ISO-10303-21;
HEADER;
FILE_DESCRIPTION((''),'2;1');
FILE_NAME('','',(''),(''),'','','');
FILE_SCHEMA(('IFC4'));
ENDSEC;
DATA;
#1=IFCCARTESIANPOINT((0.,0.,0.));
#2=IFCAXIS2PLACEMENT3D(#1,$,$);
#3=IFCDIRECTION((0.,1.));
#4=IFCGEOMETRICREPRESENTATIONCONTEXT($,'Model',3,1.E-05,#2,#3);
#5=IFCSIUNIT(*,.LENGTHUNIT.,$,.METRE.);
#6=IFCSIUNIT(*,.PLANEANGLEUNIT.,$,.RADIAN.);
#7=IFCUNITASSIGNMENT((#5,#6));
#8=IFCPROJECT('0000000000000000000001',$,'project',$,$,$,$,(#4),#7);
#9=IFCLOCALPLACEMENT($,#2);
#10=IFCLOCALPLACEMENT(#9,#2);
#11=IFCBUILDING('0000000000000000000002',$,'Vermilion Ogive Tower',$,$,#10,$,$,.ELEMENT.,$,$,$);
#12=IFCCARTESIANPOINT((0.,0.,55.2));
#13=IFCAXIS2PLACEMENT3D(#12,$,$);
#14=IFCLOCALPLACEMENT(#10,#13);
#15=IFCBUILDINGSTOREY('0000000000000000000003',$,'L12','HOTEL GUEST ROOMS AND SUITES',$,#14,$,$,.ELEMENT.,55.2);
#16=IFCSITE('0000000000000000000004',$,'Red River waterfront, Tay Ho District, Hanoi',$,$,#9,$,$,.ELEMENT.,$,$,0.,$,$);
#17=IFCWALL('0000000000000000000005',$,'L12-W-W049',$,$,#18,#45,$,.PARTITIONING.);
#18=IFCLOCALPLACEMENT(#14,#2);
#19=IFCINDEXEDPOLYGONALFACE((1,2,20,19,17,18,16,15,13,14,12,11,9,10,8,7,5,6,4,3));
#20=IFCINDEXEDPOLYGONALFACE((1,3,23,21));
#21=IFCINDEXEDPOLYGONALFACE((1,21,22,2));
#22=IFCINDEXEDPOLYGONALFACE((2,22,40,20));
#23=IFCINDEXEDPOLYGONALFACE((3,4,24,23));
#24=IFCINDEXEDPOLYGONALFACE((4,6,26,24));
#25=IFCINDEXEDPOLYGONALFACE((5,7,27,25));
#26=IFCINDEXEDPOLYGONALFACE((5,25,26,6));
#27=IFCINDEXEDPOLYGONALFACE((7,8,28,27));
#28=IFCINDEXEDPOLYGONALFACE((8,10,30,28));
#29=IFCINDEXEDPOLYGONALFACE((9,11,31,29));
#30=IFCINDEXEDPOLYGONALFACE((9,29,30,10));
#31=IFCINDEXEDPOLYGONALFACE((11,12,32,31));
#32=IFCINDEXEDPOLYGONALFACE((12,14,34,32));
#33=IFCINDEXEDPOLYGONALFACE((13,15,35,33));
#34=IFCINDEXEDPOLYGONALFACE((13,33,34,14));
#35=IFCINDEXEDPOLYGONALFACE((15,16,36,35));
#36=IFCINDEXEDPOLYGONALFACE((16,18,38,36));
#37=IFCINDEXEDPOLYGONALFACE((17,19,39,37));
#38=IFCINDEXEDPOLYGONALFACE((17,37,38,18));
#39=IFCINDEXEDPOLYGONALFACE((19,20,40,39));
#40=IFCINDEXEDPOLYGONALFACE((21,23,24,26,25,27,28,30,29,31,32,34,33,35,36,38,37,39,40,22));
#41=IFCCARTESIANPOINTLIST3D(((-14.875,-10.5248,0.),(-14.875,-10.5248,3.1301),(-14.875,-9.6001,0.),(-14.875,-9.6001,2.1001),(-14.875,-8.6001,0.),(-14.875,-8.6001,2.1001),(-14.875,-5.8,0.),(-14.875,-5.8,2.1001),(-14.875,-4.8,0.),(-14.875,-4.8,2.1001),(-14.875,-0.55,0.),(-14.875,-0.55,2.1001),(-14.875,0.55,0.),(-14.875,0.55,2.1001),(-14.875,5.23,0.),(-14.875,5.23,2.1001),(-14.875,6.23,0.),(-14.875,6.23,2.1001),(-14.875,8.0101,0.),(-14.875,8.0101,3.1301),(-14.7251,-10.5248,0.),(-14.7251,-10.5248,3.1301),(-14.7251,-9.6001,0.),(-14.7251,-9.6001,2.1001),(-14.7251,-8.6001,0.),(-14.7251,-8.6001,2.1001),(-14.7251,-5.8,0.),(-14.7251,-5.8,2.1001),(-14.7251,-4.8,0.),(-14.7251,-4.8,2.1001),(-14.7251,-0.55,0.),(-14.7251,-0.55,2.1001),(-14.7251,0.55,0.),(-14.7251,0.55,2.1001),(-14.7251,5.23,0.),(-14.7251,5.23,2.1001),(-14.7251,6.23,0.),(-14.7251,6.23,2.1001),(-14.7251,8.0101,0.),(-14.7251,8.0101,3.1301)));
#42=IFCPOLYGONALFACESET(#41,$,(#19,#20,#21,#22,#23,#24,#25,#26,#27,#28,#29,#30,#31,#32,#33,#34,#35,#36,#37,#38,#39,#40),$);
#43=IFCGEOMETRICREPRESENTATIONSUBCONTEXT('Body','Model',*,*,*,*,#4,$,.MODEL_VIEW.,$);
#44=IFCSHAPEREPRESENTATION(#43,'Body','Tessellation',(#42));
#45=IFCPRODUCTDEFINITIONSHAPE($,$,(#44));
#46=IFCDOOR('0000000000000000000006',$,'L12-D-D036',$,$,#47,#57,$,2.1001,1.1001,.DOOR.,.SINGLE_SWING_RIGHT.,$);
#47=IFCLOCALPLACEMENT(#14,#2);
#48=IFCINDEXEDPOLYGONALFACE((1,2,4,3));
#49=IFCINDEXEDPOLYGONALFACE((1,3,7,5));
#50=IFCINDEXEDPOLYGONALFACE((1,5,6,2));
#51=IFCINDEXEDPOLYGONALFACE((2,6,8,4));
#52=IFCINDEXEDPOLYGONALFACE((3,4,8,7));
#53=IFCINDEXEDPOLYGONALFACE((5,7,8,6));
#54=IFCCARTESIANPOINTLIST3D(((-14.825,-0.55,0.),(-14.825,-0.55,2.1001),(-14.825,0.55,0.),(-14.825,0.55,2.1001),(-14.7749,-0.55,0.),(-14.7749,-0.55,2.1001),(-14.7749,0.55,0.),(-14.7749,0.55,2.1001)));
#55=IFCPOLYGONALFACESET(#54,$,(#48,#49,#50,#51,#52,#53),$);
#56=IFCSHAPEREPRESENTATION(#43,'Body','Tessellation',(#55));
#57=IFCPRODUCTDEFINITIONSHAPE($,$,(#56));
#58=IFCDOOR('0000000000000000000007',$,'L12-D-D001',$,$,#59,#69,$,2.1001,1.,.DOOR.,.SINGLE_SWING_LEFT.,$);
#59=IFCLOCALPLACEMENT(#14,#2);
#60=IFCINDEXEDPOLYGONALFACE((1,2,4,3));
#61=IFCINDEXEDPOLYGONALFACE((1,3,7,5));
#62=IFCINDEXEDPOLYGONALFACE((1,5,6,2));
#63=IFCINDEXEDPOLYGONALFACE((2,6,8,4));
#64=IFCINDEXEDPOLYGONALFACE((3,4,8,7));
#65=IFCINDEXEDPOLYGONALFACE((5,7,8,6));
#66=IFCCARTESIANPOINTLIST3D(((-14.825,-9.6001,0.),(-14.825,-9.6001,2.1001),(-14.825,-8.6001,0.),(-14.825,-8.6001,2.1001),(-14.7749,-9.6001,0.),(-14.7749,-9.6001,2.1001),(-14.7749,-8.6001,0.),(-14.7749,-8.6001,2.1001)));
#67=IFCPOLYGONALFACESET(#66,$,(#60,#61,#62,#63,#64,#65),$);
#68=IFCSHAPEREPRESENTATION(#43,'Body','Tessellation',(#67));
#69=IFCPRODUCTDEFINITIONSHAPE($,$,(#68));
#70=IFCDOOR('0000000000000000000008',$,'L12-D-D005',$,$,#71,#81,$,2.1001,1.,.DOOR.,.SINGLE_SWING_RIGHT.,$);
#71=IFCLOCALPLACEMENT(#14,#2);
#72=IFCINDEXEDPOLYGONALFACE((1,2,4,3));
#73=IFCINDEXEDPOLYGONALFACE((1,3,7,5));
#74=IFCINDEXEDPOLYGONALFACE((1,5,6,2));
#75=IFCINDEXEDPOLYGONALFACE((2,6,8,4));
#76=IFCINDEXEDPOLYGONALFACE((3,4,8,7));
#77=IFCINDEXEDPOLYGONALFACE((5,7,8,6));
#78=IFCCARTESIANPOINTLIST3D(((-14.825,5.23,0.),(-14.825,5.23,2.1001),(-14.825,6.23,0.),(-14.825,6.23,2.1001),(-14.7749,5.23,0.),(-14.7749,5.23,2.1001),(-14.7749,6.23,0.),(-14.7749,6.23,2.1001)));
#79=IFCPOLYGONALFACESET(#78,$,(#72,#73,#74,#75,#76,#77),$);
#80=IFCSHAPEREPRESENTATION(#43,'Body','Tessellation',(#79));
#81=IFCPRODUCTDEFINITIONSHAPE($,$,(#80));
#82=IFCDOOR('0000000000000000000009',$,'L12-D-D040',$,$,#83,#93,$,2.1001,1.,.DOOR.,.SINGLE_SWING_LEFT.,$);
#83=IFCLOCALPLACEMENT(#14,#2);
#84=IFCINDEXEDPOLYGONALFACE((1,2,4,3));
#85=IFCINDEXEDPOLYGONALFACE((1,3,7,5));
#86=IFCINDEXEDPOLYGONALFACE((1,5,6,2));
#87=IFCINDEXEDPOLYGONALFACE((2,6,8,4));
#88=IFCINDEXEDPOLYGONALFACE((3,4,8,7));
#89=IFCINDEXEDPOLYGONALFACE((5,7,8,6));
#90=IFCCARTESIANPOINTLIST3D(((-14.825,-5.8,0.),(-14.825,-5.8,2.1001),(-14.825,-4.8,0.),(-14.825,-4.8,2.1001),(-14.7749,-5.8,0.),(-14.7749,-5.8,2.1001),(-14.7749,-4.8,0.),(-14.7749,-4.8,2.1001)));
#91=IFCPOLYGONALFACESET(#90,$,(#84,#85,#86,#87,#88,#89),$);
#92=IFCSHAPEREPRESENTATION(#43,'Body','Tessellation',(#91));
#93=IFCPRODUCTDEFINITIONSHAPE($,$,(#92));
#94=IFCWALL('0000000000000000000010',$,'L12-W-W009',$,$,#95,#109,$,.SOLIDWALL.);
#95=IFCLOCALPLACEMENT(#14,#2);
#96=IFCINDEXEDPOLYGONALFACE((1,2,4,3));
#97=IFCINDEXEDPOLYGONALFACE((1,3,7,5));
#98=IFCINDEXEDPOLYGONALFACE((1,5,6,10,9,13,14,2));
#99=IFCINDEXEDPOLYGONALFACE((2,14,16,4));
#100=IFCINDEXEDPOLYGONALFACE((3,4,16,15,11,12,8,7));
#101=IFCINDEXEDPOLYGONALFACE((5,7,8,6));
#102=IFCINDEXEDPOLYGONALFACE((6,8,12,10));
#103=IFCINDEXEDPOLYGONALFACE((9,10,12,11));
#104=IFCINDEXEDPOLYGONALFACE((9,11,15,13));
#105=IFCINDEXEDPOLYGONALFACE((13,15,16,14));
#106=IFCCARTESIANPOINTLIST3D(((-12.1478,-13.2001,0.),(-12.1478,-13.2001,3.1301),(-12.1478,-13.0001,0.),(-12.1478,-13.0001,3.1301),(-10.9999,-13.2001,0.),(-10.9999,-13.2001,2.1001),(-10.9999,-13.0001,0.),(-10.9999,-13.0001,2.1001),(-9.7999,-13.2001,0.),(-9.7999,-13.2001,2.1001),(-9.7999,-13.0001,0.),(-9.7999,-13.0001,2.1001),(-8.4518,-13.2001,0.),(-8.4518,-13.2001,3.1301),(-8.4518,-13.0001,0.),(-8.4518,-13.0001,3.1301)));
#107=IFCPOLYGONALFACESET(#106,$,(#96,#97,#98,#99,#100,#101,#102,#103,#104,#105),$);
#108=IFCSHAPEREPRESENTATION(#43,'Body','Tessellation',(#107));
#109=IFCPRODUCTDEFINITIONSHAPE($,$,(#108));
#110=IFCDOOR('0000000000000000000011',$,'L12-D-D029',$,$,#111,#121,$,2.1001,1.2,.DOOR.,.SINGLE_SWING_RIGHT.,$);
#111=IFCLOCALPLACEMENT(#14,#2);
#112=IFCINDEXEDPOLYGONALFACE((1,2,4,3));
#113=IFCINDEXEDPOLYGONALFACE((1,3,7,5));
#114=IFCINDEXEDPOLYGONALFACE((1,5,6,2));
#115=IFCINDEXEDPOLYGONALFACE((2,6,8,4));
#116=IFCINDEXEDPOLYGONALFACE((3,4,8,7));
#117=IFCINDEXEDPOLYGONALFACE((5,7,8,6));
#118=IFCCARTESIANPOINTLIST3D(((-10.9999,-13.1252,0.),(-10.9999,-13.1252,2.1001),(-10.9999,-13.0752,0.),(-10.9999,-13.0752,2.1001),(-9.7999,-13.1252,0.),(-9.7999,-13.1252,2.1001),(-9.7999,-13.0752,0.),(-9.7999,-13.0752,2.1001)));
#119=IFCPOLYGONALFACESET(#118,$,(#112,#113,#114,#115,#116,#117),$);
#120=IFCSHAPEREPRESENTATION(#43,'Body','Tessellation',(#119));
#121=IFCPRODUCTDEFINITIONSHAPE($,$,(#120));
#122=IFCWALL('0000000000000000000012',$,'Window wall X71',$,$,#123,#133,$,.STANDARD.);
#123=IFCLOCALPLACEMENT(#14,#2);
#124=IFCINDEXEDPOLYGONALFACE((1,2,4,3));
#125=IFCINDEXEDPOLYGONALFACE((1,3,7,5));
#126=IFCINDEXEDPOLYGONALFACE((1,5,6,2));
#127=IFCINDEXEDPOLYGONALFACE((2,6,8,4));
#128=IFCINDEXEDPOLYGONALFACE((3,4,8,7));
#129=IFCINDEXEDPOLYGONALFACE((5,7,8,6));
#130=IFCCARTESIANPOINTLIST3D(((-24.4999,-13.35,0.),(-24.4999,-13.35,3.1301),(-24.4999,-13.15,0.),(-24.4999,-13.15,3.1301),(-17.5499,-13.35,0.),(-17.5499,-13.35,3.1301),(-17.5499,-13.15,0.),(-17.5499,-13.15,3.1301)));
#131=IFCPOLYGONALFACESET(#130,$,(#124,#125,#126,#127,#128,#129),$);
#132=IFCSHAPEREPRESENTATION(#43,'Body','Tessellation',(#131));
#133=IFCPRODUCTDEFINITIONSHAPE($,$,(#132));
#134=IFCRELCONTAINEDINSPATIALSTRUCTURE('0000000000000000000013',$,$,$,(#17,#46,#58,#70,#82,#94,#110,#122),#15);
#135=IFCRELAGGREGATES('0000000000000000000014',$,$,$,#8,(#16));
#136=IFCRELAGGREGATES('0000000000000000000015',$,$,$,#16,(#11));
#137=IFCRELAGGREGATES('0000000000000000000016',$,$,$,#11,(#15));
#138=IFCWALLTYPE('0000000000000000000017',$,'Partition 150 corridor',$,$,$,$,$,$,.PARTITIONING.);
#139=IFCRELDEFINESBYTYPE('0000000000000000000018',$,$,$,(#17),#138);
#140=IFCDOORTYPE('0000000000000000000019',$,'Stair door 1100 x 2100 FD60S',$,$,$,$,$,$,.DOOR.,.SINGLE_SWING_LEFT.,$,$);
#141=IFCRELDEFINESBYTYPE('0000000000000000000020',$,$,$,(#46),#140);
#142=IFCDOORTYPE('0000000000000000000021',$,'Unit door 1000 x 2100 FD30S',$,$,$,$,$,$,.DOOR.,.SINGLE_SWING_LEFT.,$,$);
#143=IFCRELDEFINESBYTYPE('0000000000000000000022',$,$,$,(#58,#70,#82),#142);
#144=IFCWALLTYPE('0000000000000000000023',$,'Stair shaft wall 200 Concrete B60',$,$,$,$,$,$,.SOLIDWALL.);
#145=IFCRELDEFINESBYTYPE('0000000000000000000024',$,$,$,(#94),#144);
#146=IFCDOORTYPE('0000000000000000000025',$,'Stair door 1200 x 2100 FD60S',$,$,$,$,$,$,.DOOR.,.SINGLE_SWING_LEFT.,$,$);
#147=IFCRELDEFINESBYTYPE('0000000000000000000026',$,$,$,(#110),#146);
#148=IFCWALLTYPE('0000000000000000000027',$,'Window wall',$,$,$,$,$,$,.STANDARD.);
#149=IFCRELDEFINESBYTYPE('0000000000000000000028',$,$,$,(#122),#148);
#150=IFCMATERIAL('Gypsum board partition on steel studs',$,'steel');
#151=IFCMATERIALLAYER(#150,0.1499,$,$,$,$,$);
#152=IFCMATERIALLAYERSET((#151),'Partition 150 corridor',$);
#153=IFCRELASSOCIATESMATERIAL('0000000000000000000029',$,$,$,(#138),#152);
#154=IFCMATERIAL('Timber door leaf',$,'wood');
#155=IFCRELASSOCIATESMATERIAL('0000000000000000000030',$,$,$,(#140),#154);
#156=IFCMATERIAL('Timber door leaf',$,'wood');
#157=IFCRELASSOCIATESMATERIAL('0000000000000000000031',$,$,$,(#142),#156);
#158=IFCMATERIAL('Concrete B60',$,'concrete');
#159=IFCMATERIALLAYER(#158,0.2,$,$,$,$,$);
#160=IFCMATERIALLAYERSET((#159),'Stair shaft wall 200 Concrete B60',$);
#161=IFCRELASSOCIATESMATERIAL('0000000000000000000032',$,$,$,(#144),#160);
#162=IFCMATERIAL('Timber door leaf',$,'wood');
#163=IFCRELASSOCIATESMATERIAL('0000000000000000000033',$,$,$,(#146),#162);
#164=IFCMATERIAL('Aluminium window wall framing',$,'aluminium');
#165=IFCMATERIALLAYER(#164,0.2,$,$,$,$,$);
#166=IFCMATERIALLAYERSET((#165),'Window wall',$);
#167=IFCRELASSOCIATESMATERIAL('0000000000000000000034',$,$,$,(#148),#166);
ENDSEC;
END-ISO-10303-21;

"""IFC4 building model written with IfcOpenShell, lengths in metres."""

from ifc_helpers import new_model, si_unit, direction, frame, frame_2d, origin, place, context, subcontext, project, spatial, rectangle, extrude, material, layer, layer_set, type_object, element, fill, save


model = new_model("IFC4")

# Units and contexts
model_context = context("Model", 3, precision=1e-05, world=origin(), true_north=direction((0.0, 1.0)))
body_context = subcontext(model_context, "Body", "Model", "MODEL_VIEW")
ifc_project = project(units=[si_unit("LENGTHUNIT", "METRE"), si_unit("PLANEANGLEUNIT", "RADIAN")], contexts=[model_context])

# Site, building, storey
site_placement = place(None, origin())
site = spatial("IfcSite", under=ifc_project, at=site_placement, Name="Red River waterfront, Tay Ho District, Hanoi", CompositionType="ELEMENT", RefElevation=0.0)
building_placement = place(site_placement, origin())
building = spatial("IfcBuilding", under=site, at=building_placement, Name="Vermilion Ogive Tower", CompositionType="ELEMENT")
storey_placement = place(building_placement, frame((0.0, 0.0, 55.2)))
storey = spatial("IfcBuildingStorey", under=building, at=storey_placement, Name="L12", Description="HOTEL GUEST ROOMS AND SUITES", CompositionType="ELEMENT", Elevation=55.2)

# Wall, openings, doors
ifc_material_1 = material(Name="Gypsum board partition on steel studs", Category="steel")
ifc_layer_1 = layer(ifc_material_1, 0.1499)
ifc_layer_set_1 = layer_set([ifc_layer_1], Name="Partition 150 corridor")
wall_type_1 = type_object("IfcWallType", Name="Partition 150 corridor", PredefinedType="PARTITIONING", material=ifc_layer_set_1)
ifc_material_2 = material(Name="Timber door leaf", Category="wood")
door_type_1 = type_object("IfcDoorType", Name="Stair door 1100 x 2100 FD60S", OperationType="SINGLE_SWING_LEFT", PredefinedType="DOOR", material=ifc_material_2)
ifc_material_3 = material(Name="Timber door leaf", Category="wood")
door_type_2 = type_object("IfcDoorType", Name="Unit door 1000 x 2100 FD30S", OperationType="SINGLE_SWING_LEFT", PredefinedType="DOOR", material=ifc_material_3)
wall_1_placement = place(storey_placement, frame((-14.8, -10.5249, 0.0), z_axis=(0.0, 0.0, 1.0), x_axis=(0.0, 1.0, 0.0)))
wall_1 = element("IfcWall", 1, at=wall_1_placement, inside=storey, type_object=wall_type_1, Name="L12-W-W049", PredefinedType="PARTITIONING", context=body_context, shape_type="SweptSolid", body=[
    extrude(rectangle(XDim=18.5349, YDim=0.1499, at=frame_2d((9.2676, 0.0))), origin(), (0.0, 0.0, 1.0), 3.1301),
])
opening_1_placement = place(wall_1_placement, frame((0.9248, 0.0, 0.0)))
opening_1 = element("IfcOpeningElement", 2, at=opening_1_placement, cuts=wall_1, PredefinedType="OPENING", context=body_context, shape_type="SweptSolid", body=[
    extrude(rectangle(XDim=1.0, YDim=2.1001, at=frame_2d((0.5, 1.05))), frame((0.0, 0.085, 0.0), z_axis=(0.0, -1.0, 0.0), x_axis=(1.0, 0.0, 0.0)), (0.0, 0.0, 1.0), 0.1699),
])
opening_2_placement = place(wall_1_placement, frame((15.7549, 0.0, 0.0)))
opening_2 = element("IfcOpeningElement", 3, at=opening_2_placement, cuts=wall_1, PredefinedType="OPENING", context=body_context, shape_type="SweptSolid", body=[
    extrude(rectangle(XDim=1.0, YDim=2.1001, at=frame_2d((0.5, 1.05))), frame((0.0, 0.085, 0.0), z_axis=(0.0, -1.0, 0.0), x_axis=(1.0, 0.0, 0.0)), (0.0, 0.0, 1.0), 0.1699),
])
opening_3_placement = place(wall_1_placement, frame((9.9749, 0.0, 0.0)))
opening_3 = element("IfcOpeningElement", 4, at=opening_3_placement, cuts=wall_1, PredefinedType="OPENING", context=body_context, shape_type="SweptSolid", body=[
    extrude(rectangle(XDim=1.1001, YDim=2.1001, at=frame_2d((0.55, 1.05))), frame((0.0, 0.085, 0.0), z_axis=(0.0, -1.0, 0.0), x_axis=(1.0, 0.0, 0.0)), (0.0, 0.0, 1.0), 0.1699),
])
opening_4_placement = place(wall_1_placement, frame((4.7249, 0.0, 0.0)))
opening_4 = element("IfcOpeningElement", 5, at=opening_4_placement, cuts=wall_1, PredefinedType="OPENING", context=body_context, shape_type="SweptSolid", body=[
    extrude(rectangle(XDim=1.0, YDim=2.1001, at=frame_2d((0.5, 1.05))), frame((0.0, 0.085, 0.0), z_axis=(0.0, -1.0, 0.0), x_axis=(1.0, 0.0, 0.0)), (0.0, 0.0, 1.0), 0.1699),
])
door_1_placement = place(opening_3_placement, origin())
door_1 = element("IfcDoor", 6, at=door_1_placement, inside=storey, type_object=door_type_1, Name="L12-D-D036", OperationType="SINGLE_SWING_RIGHT", OverallHeight=2.1001, OverallWidth=1.1001, PredefinedType="DOOR", context=body_context, shape_type="SweptSolid", body=[
    extrude(rectangle(XDim=1.1001, YDim=2.1001, at=frame_2d((0.55, 1.05))), frame((0.0, 0.0249, 0.0), z_axis=(0.0, -1.0, 0.0), x_axis=(1.0, 0.0, 0.0)), (0.0, 0.0, 1.0), 0.05),
])
fill(opening_3, door_1)
door_2_placement = place(opening_1_placement, origin())
door_2 = element("IfcDoor", 7, at=door_2_placement, inside=storey, type_object=door_type_2, Name="L12-D-D001", OperationType="SINGLE_SWING_LEFT", OverallHeight=2.1001, OverallWidth=1.0, PredefinedType="DOOR", context=body_context, shape_type="SweptSolid", body=[
    extrude(rectangle(XDim=1.0, YDim=2.1001, at=frame_2d((0.5, 1.05))), frame((0.0, 0.0249, 0.0), z_axis=(0.0, -1.0, 0.0), x_axis=(1.0, 0.0, 0.0)), (0.0, 0.0, 1.0), 0.05),
])
fill(opening_1, door_2)
door_3_placement = place(opening_2_placement, origin())
door_3 = element("IfcDoor", 8, at=door_3_placement, inside=storey, type_object=door_type_2, Name="L12-D-D005", OperationType="SINGLE_SWING_RIGHT", OverallHeight=2.1001, OverallWidth=1.0, PredefinedType="DOOR", context=body_context, shape_type="SweptSolid", body=[
    extrude(rectangle(XDim=1.0, YDim=2.1001, at=frame_2d((0.5, 1.05))), frame((0.0, 0.0249, 0.0), z_axis=(0.0, -1.0, 0.0), x_axis=(1.0, 0.0, 0.0)), (0.0, 0.0, 1.0), 0.05),
])
fill(opening_2, door_3)
door_4_placement = place(opening_4_placement, origin())
door_4 = element("IfcDoor", 9, at=door_4_placement, inside=storey, type_object=door_type_2, Name="L12-D-D040", OperationType="SINGLE_SWING_LEFT", OverallHeight=2.1001, OverallWidth=1.0, PredefinedType="DOOR", context=body_context, shape_type="SweptSolid", body=[
    extrude(rectangle(XDim=1.0, YDim=2.1001, at=frame_2d((0.5, 1.05))), frame((0.0, 0.0249, 0.0), z_axis=(0.0, -1.0, 0.0), x_axis=(1.0, 0.0, 0.0)), (0.0, 0.0, 1.0), 0.05),
])
fill(opening_4, door_4)

# Wall, opening, door
ifc_material_4 = material(Name="Concrete B60", Category="concrete")
ifc_layer_2 = layer(ifc_material_4, 0.2)
ifc_layer_set_2 = layer_set([ifc_layer_2], Name="Stair shaft wall 200 Concrete B60")
wall_type_2 = type_object("IfcWallType", Name="Stair shaft wall 200 Concrete B60", PredefinedType="SOLIDWALL", material=ifc_layer_set_2)
wall_2_placement = place(storey_placement, frame((-12.1479, -13.1001, 0.0), z_axis=(0.0, 0.0, 1.0), x_axis=(1.0, 0.0, 0.0)))
wall_2 = element("IfcWall", 10, at=wall_2_placement, inside=storey, type_object=wall_type_2, Name="L12-W-W009", PredefinedType="SOLIDWALL", context=body_context, shape_type="SweptSolid", body=[
    extrude(rectangle(XDim=3.696, YDim=0.2, at=frame_2d((1.8481, 0.0))), origin(), (0.0, 0.0, 1.0), 3.1301),
])
opening_5_placement = place(wall_2_placement, frame((1.1479, 0.0, 0.0)))
opening_5 = element("IfcOpeningElement", 11, at=opening_5_placement, cuts=wall_2, PredefinedType="OPENING", context=body_context, shape_type="SweptSolid", body=[
    extrude(rectangle(XDim=1.2, YDim=2.1001, at=frame_2d((0.6001, 1.05))), frame((0.0, 0.1099, 0.0), z_axis=(0.0, -1.0, 0.0), x_axis=(1.0, 0.0, 0.0)), (0.0, 0.0, 1.0), 0.22),
])
ifc_material_5 = material(Name="Timber door leaf", Category="wood")
door_type_3 = type_object("IfcDoorType", Name="Stair door 1200 x 2100 FD60S", OperationType="SINGLE_SWING_LEFT", PredefinedType="DOOR", material=ifc_material_5)
door_5_placement = place(opening_5_placement, origin())
door_5 = element("IfcDoor", 12, at=door_5_placement, inside=storey, type_object=door_type_3, Name="L12-D-D029", OperationType="SINGLE_SWING_RIGHT", OverallHeight=2.1001, OverallWidth=1.2, PredefinedType="DOOR", context=body_context, shape_type="SweptSolid", body=[
    extrude(rectangle(XDim=1.2, YDim=2.1001, at=frame_2d((0.6001, 1.05))), frame((0.0, 0.0249, 0.0), z_axis=(0.0, -1.0, 0.0), x_axis=(1.0, 0.0, 0.0)), (0.0, 0.0, 1.0), 0.05),
])
fill(opening_5, door_5)

# Wall
ifc_material_6 = material(Name="Aluminium window wall framing", Category="aluminium")
ifc_layer_3 = layer(ifc_material_6, 0.2)
ifc_layer_set_3 = layer_set([ifc_layer_3], Name="Window wall")
wall_type_3 = type_object("IfcWallType", Name="Window wall", PredefinedType="STANDARD", material=ifc_layer_set_3)
wall_3_placement = place(storey_placement, frame((-24.5, -13.25, 0.0), z_axis=(0.0, 0.0, 1.0), x_axis=(1.0, 0.0, 0.0)))
element("IfcWall", 13, at=wall_3_placement, inside=storey, type_object=wall_type_3, Name="Window wall X71", PredefinedType="STANDARD", context=body_context, shape_type="SweptSolid", body=[
    extrude(rectangle(XDim=6.95, YDim=0.2, at=frame_2d((3.4751, 0.0))), origin(), (0.0, 0.0, 1.0), 3.1301),
])

save(model, "model.ifc")
